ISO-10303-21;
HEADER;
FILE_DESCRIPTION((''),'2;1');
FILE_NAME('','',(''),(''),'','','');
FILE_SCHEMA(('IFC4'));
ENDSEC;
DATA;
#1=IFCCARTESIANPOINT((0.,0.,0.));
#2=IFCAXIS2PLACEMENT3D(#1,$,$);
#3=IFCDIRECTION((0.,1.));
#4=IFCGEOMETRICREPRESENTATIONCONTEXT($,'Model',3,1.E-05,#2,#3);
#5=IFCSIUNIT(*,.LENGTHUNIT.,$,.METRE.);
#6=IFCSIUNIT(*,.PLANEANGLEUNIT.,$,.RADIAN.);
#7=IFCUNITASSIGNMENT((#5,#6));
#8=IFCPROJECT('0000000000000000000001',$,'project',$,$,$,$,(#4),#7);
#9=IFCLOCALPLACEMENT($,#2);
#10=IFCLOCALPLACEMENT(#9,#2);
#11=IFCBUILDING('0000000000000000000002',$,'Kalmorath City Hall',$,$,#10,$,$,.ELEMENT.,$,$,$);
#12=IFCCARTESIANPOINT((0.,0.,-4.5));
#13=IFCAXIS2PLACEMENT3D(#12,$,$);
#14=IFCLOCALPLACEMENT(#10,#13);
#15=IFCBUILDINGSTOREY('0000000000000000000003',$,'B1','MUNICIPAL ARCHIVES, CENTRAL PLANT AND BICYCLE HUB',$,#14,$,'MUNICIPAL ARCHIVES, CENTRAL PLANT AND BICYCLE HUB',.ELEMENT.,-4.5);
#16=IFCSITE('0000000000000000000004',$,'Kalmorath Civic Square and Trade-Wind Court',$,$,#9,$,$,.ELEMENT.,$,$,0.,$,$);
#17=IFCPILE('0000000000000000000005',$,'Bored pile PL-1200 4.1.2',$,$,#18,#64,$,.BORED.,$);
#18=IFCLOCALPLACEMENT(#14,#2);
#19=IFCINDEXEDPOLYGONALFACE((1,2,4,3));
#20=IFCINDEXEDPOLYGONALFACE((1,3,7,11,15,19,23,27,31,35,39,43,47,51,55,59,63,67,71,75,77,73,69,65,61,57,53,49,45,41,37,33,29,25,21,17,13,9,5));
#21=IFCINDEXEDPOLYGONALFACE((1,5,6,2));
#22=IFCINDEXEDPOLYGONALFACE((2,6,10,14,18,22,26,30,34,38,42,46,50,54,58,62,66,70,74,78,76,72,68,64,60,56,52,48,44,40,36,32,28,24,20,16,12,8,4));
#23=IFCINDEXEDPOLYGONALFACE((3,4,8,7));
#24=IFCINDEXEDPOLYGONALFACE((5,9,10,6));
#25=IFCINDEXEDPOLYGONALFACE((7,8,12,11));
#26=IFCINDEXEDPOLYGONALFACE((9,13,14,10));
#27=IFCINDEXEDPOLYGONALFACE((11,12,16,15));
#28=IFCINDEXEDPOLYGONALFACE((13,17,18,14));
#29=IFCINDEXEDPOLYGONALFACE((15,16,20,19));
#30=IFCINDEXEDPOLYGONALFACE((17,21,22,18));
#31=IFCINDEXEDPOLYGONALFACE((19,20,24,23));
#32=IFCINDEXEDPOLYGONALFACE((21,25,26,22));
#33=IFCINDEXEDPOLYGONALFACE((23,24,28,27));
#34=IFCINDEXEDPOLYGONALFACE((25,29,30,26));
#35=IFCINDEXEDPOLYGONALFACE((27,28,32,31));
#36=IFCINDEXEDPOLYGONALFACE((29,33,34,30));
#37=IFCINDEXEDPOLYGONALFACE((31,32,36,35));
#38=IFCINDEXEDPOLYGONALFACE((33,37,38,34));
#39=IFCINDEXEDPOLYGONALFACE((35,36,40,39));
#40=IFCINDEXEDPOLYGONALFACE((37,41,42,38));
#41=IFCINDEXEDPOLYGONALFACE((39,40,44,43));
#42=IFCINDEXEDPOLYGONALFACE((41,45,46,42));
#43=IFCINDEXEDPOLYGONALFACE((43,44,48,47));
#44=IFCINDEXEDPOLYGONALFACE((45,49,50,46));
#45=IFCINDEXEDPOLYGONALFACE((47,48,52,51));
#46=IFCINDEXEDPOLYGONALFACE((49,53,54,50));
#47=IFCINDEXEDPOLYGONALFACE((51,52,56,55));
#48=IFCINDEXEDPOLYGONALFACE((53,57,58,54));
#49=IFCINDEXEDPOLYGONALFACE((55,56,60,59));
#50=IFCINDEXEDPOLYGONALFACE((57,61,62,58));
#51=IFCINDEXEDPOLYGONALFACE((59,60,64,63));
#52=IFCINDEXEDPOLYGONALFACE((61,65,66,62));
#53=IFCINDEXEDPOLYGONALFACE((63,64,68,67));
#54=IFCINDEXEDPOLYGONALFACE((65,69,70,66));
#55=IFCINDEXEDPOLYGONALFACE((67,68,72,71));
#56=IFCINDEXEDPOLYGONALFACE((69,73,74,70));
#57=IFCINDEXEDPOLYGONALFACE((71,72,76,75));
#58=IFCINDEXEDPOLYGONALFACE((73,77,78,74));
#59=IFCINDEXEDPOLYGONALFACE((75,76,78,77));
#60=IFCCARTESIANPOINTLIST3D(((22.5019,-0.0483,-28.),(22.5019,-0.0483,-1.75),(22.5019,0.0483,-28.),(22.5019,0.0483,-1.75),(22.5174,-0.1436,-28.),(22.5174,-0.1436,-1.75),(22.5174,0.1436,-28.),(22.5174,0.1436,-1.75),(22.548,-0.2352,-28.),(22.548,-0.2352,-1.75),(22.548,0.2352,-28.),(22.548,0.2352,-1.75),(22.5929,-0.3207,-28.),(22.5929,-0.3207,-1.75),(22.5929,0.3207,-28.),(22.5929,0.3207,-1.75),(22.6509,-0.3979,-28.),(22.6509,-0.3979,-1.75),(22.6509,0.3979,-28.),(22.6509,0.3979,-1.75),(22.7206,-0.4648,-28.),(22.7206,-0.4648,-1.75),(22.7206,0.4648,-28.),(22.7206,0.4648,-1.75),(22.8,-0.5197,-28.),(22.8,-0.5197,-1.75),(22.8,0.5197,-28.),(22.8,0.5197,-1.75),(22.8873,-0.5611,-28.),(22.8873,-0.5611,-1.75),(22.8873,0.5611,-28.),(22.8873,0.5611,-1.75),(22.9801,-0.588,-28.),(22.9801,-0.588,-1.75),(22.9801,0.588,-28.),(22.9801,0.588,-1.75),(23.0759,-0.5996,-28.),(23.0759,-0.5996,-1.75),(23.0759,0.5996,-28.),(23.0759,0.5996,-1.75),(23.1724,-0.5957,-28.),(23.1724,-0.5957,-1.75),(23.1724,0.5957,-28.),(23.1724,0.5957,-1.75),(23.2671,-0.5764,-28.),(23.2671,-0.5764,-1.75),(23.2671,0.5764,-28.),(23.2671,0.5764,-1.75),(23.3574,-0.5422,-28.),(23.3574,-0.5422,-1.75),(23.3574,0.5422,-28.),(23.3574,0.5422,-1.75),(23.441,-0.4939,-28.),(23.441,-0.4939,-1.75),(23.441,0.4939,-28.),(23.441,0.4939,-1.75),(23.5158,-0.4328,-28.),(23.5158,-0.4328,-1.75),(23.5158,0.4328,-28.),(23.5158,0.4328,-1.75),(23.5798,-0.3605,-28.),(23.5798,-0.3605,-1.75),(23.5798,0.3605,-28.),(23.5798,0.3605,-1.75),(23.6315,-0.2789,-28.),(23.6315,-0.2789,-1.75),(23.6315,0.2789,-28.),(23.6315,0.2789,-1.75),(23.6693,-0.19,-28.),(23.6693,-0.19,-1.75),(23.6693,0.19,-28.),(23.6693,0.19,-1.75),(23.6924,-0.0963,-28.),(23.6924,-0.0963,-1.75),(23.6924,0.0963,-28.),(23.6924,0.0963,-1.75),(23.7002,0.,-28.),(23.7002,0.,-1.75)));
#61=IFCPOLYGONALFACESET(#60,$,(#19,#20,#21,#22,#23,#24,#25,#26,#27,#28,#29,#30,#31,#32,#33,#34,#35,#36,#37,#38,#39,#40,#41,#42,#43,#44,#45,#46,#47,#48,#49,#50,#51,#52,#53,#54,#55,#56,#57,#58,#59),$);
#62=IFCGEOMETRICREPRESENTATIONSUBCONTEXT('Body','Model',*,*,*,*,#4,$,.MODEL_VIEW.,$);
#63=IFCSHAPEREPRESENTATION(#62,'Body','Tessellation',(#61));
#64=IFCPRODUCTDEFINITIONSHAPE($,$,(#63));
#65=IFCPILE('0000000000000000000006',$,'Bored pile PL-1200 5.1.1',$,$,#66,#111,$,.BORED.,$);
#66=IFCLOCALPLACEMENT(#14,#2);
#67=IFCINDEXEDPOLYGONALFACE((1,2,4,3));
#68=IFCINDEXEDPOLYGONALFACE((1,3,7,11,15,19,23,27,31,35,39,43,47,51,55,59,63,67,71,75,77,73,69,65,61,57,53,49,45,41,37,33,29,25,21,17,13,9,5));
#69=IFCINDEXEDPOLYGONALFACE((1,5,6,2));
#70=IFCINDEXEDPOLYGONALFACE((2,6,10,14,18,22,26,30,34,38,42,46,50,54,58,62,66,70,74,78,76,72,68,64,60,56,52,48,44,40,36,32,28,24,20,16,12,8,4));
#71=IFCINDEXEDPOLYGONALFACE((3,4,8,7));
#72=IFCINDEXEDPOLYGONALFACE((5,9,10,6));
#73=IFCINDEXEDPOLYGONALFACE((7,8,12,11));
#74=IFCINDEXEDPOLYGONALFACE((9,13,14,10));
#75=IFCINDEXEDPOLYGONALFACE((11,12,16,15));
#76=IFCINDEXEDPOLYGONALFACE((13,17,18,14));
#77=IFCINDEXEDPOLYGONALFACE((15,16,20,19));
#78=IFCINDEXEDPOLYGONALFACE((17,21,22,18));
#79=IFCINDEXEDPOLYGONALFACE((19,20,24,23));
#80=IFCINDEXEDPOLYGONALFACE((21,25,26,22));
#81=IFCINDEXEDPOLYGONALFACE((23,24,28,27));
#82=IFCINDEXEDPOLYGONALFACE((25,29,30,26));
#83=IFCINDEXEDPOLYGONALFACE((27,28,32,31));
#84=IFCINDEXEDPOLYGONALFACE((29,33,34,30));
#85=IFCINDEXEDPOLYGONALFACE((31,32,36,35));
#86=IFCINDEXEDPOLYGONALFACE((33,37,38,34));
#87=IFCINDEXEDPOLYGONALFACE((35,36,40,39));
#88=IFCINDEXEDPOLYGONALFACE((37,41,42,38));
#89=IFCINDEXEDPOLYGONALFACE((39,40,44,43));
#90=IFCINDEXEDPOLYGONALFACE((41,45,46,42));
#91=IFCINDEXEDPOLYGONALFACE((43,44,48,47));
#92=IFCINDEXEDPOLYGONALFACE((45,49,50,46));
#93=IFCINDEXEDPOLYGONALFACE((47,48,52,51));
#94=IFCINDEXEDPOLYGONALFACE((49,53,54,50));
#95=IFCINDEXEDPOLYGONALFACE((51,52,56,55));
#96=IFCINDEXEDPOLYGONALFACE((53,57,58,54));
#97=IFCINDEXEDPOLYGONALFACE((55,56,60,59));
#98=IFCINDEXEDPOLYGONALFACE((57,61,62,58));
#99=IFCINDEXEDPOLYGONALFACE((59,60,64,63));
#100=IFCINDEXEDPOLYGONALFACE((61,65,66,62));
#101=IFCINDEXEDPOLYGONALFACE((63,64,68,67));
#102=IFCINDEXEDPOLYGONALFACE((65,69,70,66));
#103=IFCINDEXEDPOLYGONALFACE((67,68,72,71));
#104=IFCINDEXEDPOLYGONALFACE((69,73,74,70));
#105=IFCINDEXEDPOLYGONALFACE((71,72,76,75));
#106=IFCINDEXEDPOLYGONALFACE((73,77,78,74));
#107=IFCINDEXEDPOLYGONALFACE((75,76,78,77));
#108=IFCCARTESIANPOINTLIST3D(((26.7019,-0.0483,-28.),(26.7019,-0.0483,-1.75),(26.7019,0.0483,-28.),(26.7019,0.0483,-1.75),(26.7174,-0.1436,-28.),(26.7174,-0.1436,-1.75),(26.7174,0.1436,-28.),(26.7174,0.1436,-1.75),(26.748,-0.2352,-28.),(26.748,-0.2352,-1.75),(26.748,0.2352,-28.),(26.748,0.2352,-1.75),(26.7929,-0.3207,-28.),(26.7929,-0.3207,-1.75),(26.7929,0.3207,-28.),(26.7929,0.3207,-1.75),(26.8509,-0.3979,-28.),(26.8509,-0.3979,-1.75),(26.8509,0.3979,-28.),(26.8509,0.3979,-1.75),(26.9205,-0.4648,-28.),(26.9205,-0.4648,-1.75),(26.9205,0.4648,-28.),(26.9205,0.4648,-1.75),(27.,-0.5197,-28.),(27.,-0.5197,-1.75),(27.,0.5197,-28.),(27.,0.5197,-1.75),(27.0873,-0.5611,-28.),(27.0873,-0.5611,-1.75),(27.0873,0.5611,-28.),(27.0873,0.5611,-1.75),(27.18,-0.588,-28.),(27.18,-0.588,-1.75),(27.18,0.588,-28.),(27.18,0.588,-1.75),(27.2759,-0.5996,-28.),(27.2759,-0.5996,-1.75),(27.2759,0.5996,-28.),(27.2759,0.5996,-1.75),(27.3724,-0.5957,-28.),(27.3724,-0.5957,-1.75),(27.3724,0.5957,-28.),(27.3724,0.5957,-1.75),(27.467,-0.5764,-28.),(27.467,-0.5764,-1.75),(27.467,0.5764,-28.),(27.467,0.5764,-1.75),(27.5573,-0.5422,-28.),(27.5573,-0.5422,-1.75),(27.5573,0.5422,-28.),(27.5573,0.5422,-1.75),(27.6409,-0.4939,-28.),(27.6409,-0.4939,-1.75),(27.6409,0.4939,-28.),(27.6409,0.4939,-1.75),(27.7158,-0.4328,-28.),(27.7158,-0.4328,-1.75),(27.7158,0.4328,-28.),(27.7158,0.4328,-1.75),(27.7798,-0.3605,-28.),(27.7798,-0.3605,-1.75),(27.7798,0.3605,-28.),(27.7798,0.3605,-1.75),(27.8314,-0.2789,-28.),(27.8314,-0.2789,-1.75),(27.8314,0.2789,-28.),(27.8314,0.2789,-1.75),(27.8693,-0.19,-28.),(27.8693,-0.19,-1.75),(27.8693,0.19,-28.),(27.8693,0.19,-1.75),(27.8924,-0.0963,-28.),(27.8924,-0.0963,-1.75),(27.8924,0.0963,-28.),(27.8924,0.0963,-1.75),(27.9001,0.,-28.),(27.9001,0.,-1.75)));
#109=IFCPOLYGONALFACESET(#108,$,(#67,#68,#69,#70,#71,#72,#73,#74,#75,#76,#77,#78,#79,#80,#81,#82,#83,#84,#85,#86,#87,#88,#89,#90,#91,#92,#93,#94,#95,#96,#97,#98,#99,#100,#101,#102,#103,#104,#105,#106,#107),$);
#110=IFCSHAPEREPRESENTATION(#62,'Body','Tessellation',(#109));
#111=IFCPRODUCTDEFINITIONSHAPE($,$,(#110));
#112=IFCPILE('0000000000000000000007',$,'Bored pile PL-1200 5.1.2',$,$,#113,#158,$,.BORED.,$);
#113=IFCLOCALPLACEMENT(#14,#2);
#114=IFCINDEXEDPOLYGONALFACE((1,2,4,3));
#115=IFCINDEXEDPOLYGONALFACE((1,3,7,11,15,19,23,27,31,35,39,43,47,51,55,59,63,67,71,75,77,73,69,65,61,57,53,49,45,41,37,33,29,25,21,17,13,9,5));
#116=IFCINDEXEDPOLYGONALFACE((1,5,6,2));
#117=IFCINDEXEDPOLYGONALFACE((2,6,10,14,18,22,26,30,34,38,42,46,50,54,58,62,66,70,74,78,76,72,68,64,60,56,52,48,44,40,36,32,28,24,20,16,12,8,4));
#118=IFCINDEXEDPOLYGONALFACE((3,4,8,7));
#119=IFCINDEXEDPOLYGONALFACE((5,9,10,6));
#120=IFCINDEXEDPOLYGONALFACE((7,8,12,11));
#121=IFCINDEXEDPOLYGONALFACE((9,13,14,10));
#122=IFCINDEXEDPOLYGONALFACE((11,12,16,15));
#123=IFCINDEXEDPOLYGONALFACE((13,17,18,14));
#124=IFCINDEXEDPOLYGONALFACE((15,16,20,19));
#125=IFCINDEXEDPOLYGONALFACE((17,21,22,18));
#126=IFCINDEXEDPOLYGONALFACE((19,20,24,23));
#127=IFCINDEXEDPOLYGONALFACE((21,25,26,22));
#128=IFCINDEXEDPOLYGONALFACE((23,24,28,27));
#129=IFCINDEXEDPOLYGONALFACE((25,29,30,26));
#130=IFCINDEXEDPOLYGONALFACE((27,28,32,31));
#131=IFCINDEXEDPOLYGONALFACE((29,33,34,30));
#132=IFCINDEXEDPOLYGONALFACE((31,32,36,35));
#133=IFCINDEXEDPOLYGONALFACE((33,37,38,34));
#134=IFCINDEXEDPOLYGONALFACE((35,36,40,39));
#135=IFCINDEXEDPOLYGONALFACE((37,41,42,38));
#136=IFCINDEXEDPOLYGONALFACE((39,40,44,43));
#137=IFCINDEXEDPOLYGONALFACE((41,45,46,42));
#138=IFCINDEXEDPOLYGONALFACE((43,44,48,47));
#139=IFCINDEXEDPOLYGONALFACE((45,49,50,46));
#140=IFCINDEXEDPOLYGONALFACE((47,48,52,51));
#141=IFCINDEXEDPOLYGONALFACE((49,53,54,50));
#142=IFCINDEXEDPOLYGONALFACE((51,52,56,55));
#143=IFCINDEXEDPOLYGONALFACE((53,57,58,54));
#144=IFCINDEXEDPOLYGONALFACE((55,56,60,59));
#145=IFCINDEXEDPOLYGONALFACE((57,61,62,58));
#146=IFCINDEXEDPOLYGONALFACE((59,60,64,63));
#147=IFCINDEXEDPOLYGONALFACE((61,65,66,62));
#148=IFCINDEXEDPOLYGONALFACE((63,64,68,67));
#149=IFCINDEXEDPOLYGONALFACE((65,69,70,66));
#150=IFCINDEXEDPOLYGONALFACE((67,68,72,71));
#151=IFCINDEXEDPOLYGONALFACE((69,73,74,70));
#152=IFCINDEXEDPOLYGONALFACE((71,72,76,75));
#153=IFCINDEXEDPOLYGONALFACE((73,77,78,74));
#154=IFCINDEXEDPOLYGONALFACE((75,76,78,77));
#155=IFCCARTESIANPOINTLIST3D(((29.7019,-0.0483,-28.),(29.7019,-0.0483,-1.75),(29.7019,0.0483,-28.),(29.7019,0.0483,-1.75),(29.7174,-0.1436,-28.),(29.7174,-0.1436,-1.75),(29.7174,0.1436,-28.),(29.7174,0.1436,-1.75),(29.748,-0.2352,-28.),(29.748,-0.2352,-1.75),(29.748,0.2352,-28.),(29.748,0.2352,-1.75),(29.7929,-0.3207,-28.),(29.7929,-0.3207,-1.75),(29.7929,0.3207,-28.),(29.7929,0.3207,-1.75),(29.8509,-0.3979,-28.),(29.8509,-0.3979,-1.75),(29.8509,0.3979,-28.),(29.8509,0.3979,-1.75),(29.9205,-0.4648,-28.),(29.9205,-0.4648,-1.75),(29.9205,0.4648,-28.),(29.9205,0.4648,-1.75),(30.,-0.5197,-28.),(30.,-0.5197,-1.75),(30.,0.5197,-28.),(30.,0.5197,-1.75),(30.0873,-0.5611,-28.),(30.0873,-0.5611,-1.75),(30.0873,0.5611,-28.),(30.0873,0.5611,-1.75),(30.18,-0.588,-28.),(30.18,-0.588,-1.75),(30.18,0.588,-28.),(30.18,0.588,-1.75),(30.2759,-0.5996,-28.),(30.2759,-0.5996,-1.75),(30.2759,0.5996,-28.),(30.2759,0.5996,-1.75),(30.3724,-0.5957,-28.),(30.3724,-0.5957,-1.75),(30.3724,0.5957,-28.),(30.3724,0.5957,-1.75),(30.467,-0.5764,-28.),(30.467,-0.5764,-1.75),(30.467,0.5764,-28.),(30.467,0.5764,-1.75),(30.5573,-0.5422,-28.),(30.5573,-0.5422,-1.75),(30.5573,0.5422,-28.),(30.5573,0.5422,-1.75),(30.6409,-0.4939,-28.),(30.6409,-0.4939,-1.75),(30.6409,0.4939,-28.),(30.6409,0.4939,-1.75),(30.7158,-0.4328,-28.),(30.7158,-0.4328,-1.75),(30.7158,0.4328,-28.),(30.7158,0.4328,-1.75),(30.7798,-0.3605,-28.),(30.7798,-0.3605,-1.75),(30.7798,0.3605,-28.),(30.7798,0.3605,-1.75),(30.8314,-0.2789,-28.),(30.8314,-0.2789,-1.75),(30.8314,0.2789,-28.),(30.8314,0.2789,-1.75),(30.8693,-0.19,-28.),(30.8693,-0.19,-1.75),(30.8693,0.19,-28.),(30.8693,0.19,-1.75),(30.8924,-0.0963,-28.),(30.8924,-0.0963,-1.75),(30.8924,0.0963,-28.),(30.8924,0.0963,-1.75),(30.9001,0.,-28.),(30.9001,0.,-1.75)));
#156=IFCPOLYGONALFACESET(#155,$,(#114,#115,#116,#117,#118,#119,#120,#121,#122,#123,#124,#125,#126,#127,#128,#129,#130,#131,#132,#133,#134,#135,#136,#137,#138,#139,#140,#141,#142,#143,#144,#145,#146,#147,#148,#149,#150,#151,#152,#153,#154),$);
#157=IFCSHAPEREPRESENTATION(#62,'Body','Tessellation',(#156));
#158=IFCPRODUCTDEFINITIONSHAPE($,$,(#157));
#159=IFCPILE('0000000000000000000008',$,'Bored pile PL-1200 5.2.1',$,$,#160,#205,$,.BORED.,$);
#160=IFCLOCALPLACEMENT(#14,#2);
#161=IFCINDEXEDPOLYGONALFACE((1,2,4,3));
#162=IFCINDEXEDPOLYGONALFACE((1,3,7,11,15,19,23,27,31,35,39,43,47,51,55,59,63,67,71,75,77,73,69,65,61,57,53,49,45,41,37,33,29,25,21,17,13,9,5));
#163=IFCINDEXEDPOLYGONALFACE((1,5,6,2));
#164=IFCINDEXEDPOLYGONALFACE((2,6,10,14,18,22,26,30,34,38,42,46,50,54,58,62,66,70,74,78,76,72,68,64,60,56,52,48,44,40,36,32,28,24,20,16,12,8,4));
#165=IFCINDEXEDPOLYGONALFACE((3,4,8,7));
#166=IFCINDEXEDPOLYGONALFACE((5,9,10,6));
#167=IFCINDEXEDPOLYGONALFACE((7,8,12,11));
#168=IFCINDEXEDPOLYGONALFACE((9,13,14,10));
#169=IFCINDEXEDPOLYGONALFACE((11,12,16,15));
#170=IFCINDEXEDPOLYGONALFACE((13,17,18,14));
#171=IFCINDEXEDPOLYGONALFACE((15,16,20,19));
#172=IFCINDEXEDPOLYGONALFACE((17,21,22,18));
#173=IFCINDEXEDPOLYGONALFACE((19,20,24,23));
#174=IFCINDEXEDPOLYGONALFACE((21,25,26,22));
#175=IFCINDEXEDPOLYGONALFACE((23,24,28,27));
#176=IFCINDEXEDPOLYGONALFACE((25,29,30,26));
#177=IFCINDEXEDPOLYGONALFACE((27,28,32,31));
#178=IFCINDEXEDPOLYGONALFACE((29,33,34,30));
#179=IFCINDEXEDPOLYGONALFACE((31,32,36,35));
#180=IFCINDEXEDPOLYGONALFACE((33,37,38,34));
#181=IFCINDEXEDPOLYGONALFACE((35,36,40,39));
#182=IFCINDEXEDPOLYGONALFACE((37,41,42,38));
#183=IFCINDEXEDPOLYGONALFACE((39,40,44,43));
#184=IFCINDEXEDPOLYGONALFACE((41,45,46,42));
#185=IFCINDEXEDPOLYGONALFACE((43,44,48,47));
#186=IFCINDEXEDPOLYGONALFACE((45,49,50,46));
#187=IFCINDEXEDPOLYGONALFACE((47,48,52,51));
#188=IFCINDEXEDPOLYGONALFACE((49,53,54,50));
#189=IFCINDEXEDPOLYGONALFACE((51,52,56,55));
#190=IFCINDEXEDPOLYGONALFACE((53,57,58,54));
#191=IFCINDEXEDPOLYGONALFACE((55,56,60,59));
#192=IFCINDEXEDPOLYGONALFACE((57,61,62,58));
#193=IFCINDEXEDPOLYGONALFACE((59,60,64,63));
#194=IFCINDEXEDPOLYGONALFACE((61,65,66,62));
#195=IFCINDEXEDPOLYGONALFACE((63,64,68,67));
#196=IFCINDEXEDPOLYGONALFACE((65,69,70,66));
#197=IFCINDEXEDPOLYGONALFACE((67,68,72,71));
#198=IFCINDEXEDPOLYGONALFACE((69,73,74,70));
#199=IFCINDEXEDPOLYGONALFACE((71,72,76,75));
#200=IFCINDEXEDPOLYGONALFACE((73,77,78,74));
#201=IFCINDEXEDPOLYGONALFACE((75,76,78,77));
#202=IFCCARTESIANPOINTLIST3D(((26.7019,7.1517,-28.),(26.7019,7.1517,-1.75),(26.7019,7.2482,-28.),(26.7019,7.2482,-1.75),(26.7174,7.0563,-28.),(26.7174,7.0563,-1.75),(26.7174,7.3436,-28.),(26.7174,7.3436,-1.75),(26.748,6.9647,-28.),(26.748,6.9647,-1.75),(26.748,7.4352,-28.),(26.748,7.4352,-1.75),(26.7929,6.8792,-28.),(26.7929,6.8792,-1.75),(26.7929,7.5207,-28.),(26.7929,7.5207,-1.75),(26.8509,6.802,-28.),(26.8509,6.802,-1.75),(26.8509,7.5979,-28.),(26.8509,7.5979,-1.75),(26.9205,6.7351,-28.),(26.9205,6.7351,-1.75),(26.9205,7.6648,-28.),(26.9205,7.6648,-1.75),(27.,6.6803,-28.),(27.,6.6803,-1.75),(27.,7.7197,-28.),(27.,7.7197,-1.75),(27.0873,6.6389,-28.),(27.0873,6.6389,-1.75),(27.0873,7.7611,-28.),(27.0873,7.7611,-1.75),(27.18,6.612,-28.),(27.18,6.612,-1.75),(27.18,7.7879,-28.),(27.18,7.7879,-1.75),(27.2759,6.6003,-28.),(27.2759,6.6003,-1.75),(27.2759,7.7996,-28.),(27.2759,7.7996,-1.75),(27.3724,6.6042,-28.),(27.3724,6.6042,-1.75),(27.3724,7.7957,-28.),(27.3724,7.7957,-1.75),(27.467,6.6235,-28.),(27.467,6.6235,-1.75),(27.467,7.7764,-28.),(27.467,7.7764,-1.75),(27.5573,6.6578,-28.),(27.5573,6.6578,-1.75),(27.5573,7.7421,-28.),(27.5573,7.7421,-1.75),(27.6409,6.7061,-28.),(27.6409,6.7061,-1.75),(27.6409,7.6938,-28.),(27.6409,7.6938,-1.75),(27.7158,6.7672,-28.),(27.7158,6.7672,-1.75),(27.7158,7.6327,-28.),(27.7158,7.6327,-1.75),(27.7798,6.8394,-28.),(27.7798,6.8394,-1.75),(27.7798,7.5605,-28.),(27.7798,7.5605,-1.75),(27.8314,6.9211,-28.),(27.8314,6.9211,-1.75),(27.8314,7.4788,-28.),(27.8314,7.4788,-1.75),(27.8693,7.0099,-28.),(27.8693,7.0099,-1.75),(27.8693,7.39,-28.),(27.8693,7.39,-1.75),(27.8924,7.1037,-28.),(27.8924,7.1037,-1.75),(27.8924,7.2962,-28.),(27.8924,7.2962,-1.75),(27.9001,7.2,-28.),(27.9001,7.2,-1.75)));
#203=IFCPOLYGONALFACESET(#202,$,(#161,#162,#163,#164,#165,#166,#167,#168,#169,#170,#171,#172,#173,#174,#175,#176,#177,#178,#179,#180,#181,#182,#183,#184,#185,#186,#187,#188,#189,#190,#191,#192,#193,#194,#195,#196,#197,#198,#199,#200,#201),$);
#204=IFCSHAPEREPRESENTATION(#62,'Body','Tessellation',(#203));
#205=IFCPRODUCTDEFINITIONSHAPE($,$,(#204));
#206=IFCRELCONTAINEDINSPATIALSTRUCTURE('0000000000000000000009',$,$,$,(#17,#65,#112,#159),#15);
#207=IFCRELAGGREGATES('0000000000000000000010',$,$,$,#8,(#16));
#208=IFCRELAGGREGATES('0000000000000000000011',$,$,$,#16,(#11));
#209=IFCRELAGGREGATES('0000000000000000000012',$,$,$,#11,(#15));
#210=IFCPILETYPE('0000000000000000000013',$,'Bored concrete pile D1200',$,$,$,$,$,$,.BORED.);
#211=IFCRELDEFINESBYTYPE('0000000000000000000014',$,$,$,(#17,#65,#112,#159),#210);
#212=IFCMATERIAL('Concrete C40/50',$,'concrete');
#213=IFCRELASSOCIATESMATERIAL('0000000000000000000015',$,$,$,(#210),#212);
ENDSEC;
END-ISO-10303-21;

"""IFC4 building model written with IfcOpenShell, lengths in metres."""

from ifc_helpers import new_model, si_unit, direction, frame, origin, origin_2d, place, context, subcontext, project, spatial, circle, extrude, material, material_profile, profile_set, type_object, element, save


model = new_model("IFC4")

# Units and contexts
model_context = context("Model", 3, precision=1e-05, world=origin(), true_north=direction((0.0, 1.0)))
body_context = subcontext(model_context, "Body", "Model", "MODEL_VIEW")
ifc_project = project(units=[si_unit("LENGTHUNIT", "METRE"), si_unit("PLANEANGLEUNIT", "RADIAN")], contexts=[model_context])

# Site, building, storey
site_placement = place(None, origin())
site = spatial("IfcSite", under=ifc_project, at=site_placement, Name="Kalmorath Civic Square and Trade-Wind Court", CompositionType="ELEMENT", RefElevation=0.0)
building_placement = place(site_placement, origin())
building = spatial("IfcBuilding", under=site, at=building_placement, Name="Kalmorath City Hall", CompositionType="ELEMENT")
storey_placement = place(building_placement, frame((0.0, 0.0, -4.5)))
storey = spatial("IfcBuildingStorey", under=building, at=storey_placement, Name="B1", Description="MUNICIPAL ARCHIVES, CENTRAL PLANT AND BICYCLE HUB", LongName="MUNICIPAL ARCHIVES, CENTRAL PLANT AND BICYCLE HUB", CompositionType="ELEMENT", Elevation=-4.5)

# Piles
ifc_material_1 = material(Name="Concrete C40/50", Category="concrete")
ifc_material_profile_1 = material_profile(ifc_material_1, circle(Radius=0.6001, at=origin_2d()), Name="PILE-D1200")
ifc_profile_set_1 = profile_set([ifc_material_profile_1], Name="Concrete C40/50")
pile_type_1 = type_object("IfcPileType", Name="Bored concrete pile D1200", PredefinedType="BORED", material=ifc_profile_set_1)
for number, where, z_axis, x_axis, name in (
    (1, (23.1001, 0.0, -1.75), (0.0, 0.0, -1.0), (1.0, 0.0, 0.0), "Bored pile PL-1200 4.1.2"),
    (2, (27.3, 0.0, -1.75), (0.0, 0.0, -1.0), (1.0, 0.0, 0.0), "Bored pile PL-1200 5.1.1"),
    (3, (30.3, 0.0, -1.75), (0.0, 0.0, -1.0), (1.0, 0.0, 0.0), "Bored pile PL-1200 5.1.2"),
    (4, (27.3, 7.2, -1.75), (0.0, 0.0, -1.0), (1.0, 0.0, 0.0), "Bored pile PL-1200 5.2.1"),
):
    element("IfcPile", number, at=place(storey_placement, frame(where, z_axis=z_axis, x_axis=x_axis)), inside=storey, type_object=pile_type_1, Name=name, PredefinedType="BORED", context=body_context, shape_type="SweptSolid", body=[
        extrude(circle(Radius=0.6001, at=origin_2d()), origin(), (0.0, 0.0, 1.0), 26.25),
    ])

save(model, "model.ifc")
